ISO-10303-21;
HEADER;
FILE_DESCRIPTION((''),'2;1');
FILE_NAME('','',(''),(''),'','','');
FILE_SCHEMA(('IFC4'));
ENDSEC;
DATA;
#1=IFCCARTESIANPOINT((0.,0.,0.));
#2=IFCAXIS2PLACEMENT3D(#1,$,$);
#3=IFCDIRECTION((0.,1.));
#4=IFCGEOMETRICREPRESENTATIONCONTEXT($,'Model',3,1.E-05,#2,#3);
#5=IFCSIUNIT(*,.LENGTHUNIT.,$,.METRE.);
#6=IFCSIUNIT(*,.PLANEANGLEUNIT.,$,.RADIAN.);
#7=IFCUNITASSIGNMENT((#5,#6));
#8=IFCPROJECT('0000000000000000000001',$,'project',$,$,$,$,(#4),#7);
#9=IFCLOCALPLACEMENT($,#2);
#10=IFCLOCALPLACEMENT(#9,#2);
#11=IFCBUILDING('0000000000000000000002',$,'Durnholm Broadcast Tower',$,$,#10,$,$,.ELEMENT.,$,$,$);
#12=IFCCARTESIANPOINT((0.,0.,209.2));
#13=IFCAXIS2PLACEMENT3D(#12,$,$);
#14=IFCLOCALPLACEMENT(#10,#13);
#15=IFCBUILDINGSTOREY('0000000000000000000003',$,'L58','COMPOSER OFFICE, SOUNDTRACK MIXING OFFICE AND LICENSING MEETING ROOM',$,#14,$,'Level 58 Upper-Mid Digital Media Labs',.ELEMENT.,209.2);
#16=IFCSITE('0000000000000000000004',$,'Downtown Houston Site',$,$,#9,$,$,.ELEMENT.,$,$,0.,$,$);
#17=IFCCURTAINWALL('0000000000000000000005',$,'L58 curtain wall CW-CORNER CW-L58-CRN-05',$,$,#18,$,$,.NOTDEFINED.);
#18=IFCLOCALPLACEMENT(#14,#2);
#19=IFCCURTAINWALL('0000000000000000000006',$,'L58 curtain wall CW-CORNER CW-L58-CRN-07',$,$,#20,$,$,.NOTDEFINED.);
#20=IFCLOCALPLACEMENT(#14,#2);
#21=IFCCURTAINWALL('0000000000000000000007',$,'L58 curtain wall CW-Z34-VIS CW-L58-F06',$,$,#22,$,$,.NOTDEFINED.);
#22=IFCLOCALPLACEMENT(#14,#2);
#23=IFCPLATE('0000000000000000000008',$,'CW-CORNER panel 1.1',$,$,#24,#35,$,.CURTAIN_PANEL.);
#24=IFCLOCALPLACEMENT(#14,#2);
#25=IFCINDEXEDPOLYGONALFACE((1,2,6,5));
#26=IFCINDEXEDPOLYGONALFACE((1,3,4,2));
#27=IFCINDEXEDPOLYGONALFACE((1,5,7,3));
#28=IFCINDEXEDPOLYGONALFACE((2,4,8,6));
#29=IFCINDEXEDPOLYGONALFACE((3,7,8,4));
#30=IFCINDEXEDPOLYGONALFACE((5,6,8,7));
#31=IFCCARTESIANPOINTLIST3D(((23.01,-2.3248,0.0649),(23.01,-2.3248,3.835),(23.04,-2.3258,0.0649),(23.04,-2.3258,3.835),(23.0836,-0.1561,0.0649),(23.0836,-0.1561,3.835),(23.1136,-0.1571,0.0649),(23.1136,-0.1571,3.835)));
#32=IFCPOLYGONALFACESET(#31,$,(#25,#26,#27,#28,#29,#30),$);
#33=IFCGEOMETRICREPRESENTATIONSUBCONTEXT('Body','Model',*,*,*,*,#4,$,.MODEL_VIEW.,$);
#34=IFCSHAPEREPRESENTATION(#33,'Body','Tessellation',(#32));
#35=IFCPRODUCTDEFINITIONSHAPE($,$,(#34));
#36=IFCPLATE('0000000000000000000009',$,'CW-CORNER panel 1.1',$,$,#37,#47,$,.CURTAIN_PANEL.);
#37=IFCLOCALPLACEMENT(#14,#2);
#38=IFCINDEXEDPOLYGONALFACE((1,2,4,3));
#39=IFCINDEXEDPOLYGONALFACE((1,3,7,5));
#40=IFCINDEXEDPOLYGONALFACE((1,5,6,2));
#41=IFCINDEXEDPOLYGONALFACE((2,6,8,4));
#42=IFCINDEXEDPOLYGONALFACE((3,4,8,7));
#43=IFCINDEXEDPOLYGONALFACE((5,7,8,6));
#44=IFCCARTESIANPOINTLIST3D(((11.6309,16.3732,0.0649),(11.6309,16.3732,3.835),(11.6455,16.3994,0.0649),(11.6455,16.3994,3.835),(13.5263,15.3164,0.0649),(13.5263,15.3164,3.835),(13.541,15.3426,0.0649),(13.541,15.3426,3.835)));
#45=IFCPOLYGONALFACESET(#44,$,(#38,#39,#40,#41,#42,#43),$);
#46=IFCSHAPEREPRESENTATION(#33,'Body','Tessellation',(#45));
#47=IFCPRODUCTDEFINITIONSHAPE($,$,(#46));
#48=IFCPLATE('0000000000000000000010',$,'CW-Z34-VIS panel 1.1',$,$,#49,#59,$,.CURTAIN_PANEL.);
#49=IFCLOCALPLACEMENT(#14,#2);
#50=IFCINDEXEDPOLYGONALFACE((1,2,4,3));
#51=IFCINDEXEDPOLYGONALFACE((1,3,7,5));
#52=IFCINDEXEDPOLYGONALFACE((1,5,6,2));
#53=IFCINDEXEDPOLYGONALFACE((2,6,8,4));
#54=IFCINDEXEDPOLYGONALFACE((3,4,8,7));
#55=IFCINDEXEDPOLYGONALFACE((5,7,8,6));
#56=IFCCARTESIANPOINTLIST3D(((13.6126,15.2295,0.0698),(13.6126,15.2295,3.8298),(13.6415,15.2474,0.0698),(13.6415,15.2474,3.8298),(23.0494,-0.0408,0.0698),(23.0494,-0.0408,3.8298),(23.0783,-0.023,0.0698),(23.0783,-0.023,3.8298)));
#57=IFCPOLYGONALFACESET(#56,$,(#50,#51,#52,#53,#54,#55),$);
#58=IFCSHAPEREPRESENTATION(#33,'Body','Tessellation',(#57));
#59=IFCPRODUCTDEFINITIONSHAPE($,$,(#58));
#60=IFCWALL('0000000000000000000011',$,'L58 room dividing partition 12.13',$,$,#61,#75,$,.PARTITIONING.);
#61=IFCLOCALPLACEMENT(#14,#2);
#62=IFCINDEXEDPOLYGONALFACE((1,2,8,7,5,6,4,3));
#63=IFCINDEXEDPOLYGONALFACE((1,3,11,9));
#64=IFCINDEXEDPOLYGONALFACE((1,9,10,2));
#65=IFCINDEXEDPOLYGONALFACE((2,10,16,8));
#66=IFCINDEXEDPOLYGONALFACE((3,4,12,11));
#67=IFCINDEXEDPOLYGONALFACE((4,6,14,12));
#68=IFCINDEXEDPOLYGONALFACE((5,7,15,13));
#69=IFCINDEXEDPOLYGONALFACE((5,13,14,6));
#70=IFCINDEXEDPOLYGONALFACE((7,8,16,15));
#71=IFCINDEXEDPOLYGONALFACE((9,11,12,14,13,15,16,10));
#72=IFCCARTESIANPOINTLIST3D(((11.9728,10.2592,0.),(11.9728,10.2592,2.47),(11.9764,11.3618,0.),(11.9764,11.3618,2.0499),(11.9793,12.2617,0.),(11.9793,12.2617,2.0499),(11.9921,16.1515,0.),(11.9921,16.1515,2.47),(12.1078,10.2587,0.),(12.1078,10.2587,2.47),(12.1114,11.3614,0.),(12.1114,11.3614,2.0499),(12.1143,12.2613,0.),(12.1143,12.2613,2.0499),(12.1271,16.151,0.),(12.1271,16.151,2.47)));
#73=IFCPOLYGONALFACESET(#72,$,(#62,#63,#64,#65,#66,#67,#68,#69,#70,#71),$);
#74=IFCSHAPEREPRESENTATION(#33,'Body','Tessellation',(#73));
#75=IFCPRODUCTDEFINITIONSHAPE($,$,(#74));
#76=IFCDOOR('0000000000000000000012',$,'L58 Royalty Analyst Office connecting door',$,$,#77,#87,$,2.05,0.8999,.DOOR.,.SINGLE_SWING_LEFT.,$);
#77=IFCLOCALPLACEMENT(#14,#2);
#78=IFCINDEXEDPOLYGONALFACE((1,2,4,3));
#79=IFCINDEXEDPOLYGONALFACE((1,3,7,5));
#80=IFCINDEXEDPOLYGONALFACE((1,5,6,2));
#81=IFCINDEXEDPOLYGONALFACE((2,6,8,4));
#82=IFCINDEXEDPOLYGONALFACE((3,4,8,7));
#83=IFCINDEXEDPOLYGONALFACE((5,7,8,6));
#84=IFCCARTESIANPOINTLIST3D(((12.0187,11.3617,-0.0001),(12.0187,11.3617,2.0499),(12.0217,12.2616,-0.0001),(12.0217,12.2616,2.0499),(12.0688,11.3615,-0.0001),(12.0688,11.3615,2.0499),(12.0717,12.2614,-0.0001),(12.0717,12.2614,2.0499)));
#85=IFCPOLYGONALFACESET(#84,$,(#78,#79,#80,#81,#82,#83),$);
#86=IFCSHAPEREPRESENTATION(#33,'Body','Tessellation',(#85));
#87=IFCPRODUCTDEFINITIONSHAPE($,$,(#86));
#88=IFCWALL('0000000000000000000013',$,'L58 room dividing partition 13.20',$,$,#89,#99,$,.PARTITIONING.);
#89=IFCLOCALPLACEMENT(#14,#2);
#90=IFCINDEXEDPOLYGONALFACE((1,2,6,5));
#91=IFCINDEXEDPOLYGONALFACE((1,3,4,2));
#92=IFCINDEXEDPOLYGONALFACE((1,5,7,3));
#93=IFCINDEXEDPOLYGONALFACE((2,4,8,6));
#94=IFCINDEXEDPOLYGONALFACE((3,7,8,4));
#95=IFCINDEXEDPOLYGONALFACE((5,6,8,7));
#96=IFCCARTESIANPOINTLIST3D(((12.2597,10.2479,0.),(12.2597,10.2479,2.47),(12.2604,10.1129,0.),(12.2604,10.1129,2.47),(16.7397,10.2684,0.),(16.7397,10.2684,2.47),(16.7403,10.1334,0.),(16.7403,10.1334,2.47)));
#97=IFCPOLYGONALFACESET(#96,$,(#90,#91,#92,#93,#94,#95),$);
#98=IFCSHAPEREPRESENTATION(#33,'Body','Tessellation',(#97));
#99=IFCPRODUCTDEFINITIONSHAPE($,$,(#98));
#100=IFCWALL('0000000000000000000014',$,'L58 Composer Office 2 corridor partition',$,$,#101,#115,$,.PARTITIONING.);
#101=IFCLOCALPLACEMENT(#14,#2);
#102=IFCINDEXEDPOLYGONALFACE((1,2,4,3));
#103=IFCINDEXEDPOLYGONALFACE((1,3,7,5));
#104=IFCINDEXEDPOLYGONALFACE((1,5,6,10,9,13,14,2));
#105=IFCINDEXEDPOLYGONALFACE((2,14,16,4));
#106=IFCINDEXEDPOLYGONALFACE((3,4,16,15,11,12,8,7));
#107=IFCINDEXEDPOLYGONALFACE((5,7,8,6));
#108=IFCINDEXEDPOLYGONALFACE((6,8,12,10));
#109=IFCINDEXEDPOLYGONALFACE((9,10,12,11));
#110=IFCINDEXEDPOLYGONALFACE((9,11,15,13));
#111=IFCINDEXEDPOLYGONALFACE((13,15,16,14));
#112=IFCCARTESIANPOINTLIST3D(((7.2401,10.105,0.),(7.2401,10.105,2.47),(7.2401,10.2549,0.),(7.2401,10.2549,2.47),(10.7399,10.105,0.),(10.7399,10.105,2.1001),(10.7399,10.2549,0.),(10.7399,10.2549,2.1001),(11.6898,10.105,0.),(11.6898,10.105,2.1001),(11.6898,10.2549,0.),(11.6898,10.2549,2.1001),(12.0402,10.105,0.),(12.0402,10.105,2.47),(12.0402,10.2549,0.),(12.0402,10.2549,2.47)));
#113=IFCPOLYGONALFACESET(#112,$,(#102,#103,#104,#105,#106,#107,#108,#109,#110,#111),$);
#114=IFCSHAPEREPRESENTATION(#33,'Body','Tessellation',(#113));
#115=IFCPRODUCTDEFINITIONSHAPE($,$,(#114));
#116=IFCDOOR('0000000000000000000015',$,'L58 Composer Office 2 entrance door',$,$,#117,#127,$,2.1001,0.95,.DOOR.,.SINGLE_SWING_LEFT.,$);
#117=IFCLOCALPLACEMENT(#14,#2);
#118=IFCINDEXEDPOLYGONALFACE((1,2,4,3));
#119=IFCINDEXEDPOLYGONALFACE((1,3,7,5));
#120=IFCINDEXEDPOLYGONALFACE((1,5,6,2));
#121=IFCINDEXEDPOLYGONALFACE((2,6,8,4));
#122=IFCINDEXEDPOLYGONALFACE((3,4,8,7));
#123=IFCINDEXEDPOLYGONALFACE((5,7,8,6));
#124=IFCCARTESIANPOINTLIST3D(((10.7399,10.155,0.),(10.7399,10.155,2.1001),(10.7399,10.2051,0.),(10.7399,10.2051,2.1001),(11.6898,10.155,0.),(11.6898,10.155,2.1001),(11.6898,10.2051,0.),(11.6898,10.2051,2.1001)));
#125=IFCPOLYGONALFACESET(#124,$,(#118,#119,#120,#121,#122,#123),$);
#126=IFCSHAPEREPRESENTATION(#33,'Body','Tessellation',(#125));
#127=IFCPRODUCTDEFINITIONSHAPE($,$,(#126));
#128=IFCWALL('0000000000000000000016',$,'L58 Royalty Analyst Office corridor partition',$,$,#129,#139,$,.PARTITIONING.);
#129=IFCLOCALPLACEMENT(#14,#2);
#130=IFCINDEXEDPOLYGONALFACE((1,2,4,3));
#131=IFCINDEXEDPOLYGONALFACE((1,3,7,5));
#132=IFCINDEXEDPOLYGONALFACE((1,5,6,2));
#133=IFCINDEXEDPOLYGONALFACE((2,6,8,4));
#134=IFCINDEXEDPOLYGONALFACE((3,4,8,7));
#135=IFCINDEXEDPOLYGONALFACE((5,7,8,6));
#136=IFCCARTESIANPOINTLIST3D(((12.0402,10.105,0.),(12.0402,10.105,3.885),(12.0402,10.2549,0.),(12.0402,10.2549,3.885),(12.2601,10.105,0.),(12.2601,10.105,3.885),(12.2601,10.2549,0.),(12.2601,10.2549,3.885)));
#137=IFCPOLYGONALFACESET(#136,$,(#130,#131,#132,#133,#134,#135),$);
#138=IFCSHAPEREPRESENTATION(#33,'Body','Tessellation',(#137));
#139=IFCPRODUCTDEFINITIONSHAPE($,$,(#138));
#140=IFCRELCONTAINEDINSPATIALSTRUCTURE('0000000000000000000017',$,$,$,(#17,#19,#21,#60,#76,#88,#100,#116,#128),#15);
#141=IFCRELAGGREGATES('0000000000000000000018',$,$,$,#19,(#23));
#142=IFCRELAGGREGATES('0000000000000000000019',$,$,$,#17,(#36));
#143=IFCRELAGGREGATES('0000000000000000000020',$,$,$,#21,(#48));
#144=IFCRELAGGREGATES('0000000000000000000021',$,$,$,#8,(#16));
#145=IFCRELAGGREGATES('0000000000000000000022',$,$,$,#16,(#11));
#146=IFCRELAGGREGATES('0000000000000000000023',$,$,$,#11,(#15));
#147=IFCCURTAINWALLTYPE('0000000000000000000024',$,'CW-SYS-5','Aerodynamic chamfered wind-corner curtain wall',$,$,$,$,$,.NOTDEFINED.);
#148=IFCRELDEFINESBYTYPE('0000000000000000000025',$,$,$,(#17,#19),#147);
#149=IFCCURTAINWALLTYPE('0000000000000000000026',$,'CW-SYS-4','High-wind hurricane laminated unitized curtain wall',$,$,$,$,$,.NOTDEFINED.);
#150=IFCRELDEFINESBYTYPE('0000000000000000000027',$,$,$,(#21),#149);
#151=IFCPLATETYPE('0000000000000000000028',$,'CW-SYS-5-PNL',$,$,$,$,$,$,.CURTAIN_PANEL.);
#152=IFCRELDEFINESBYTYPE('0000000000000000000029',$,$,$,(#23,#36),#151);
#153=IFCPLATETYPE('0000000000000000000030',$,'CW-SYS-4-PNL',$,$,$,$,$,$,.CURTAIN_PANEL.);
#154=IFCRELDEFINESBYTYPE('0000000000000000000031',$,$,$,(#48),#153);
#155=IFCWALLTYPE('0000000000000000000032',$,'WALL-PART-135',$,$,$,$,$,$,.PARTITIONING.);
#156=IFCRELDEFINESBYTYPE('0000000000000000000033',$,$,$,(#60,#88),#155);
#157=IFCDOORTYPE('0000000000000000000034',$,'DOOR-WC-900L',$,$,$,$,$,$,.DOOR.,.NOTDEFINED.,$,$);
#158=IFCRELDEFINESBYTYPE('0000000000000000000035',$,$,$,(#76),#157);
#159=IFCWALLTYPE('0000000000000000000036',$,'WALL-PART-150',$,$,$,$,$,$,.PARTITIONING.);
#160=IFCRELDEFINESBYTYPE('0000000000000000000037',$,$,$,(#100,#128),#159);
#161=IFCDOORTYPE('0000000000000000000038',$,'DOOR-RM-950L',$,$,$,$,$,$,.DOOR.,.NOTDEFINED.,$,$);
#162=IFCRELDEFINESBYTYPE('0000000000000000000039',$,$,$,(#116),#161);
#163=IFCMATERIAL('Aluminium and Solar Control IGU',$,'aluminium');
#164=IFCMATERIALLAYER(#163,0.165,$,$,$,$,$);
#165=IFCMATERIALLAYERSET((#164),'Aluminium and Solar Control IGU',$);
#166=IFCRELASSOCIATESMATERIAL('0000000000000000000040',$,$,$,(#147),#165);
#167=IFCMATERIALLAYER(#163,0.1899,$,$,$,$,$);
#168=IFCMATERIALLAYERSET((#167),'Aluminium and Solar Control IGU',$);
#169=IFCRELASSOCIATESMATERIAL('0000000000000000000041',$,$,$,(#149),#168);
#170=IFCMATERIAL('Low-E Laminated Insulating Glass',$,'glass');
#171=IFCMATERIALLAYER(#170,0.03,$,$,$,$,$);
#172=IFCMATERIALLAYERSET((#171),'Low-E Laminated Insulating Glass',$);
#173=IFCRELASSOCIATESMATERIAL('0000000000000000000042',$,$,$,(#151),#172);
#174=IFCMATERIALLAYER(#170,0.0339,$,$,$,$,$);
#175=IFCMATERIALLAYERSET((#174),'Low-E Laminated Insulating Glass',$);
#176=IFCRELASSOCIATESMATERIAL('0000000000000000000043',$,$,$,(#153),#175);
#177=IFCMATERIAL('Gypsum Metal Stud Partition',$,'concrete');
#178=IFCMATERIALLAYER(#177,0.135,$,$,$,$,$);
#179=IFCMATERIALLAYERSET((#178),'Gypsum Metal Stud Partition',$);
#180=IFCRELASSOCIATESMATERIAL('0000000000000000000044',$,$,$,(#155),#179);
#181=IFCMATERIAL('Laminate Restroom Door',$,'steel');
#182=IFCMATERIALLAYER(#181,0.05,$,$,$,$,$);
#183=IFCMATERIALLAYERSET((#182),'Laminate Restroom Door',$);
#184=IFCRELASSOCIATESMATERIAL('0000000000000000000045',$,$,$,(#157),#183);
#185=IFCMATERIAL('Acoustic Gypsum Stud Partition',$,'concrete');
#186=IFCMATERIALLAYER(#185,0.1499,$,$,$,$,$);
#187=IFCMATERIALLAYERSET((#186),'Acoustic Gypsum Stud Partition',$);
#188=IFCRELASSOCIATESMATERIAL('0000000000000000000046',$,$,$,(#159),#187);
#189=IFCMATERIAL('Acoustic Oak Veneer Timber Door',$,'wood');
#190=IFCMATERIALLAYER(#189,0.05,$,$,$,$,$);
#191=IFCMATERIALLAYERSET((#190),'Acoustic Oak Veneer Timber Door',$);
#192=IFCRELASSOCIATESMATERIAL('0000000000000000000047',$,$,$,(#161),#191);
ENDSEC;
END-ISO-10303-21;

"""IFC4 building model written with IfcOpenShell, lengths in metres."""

from ifc_helpers import new_model, si_unit, direction, frame, frame_2d, origin, origin_2d, place, context, subcontext, project, spatial, rectangle, extrude, source, transform, mapped, material, layer, layer_set, type_object, type_shapes, element, fill, aggregate, save


model = new_model("IFC4")

# Units and contexts
model_context = context("Model", 3, precision=1e-05, world=origin(), true_north=direction((0.0, 1.0)))
body_context = subcontext(model_context, "Body", "Model", "MODEL_VIEW")
ifc_project = project(units=[si_unit("LENGTHUNIT", "METRE"), si_unit("PLANEANGLEUNIT", "RADIAN")], contexts=[model_context])

# Site, building, storey
site_placement = place(None, origin())
site = spatial("IfcSite", under=ifc_project, at=site_placement, Name="Downtown Houston Site", CompositionType="ELEMENT", RefElevation=0.0)
building_placement = place(site_placement, origin())
building = spatial("IfcBuilding", under=site, at=building_placement, Name="Durnholm Broadcast Tower", CompositionType="ELEMENT")
storey_placement = place(building_placement, frame((0.0, 0.0, 209.2)))
storey = spatial("IfcBuildingStorey", under=building, at=storey_placement, Name="L58", Description="COMPOSER OFFICE, SOUNDTRACK MIXING OFFICE AND LICENSING MEETING ROOM", LongName="Level 58 Upper-Mid Digital Media Labs", CompositionType="ELEMENT", Elevation=209.2)

# Curtain walls
ifc_material_1 = material(Name="Aluminium and Solar Control IGU", Category="aluminium")
ifc_layer_1 = layer(ifc_material_1, 0.165)
ifc_layer_set_1 = layer_set([ifc_layer_1], Name="Aluminium and Solar Control IGU")
curtain_wall_type_1 = type_object("IfcCurtainWallType", Name="CW-SYS-5", Description="Aerodynamic chamfered wind-corner curtain wall", PredefinedType="NOTDEFINED", material=ifc_layer_set_1)
curtain_wall_1_placement = place(storey_placement, origin())
curtain_wall_1 = element("IfcCurtainWall", 1, at=curtain_wall_1_placement, inside=storey, type_object=curtain_wall_type_1, Name="L58 curtain wall CW-CORNER CW-L58-CRN-05", PredefinedType="NOTDEFINED")
curtain_wall_2_placement = place(storey_placement, origin())
curtain_wall_2 = element("IfcCurtainWall", 2, at=curtain_wall_2_placement, inside=storey, type_object=curtain_wall_type_1, Name="L58 curtain wall CW-CORNER CW-L58-CRN-07", PredefinedType="NOTDEFINED")
ifc_layer_2 = layer(ifc_material_1, 0.1899)
ifc_layer_set_2 = layer_set([ifc_layer_2], Name="Aluminium and Solar Control IGU")
curtain_wall_type_2 = type_object("IfcCurtainWallType", Name="CW-SYS-4", Description="High-wind hurricane laminated unitized curtain wall", PredefinedType="NOTDEFINED", material=ifc_layer_set_2)
curtain_wall_3_placement = place(storey_placement, origin())
curtain_wall_3 = element("IfcCurtainWall", 3, at=curtain_wall_3_placement, inside=storey, type_object=curtain_wall_type_2, Name="L58 curtain wall CW-Z34-VIS CW-L58-F06", PredefinedType="NOTDEFINED")

# Plates
ifc_material_2 = material(Name="Low-E Laminated Insulating Glass", Category="glass")
ifc_layer_3 = layer(ifc_material_2, 0.03)
ifc_layer_set_3 = layer_set([ifc_layer_3], Name="Low-E Laminated Insulating Glass")
plate_type_1 = type_object("IfcPlateType", Name="CW-SYS-5-PNL", PredefinedType="CURTAIN_PANEL", material=ifc_layer_set_3)
shared_shape_1 = source(origin(), body_context, "Body", "SweptSolid", [
    extrude(rectangle(XDim=2.1699, YDim=0.03, at=origin_2d()), origin(), (0.0, 0.0, 1.0), 3.77),
])
plate_1_placement = place(storey_placement, frame((23.0618, -1.241, 0.0649), z_axis=(0.0, 0.0, 1.0), x_axis=(-0.033913, -0.999425, 0.0)))
plate_1 = element("IfcPlate", 4, at=plate_1_placement, type_object=plate_type_1, Name="CW-CORNER panel 1.1", PredefinedType="CURTAIN_PANEL", context=body_context, shape_type="MappedRepresentation", body=[
    mapped(shared_shape_1, transform((0.0, 0.0, 0.0), x_axis=(1.0, 0.0, 0.0), y_axis=(0.0, 1.0, 0.0), z_axis=(0.0, 0.0, 1.0), scale=1.0)),
])
aggregate(curtain_wall_2, [plate_1])
shared_shape_2 = source(origin(), body_context, "Body", "SweptSolid", [
    extrude(rectangle(XDim=2.1702, YDim=0.03, at=origin_2d()), origin(), (0.0, 0.0, 1.0), 3.77),
])
type_shapes(plate_type_1, [shared_shape_1, shared_shape_2])
plate_2_placement = place(storey_placement, frame((12.5859, 15.8579, 0.0649), z_axis=(0.0, 0.0, 1.0), x_axis=(0.87341, -0.486986, 0.0)))
plate_2 = element("IfcPlate", 5, at=plate_2_placement, type_object=plate_type_1, Name="CW-CORNER panel 1.1", PredefinedType="CURTAIN_PANEL", context=body_context, shape_type="MappedRepresentation", body=[
    mapped(shared_shape_2, transform((0.0, 0.0, 0.0), x_axis=(1.0, 0.0, 0.0), y_axis=(0.0, 1.0, 0.0), z_axis=(0.0, 0.0, 1.0), scale=1.0)),
])
aggregate(curtain_wall_1, [plate_2])
ifc_layer_4 = layer(ifc_material_2, 0.0339)
ifc_layer_set_4 = layer_set([ifc_layer_4], Name="Low-E Laminated Insulating Glass")
plate_type_2 = type_object("IfcPlateType", Name="CW-SYS-4-PNL", PredefinedType="CURTAIN_PANEL", material=ifc_layer_set_4)
shared_shape_3 = source(origin(), body_context, "Body", "SweptSolid", [
    extrude(rectangle(XDim=17.9509, YDim=0.0339, at=origin_2d()), origin(), (0.0, 0.0, 1.0), 3.76),
])
type_shapes(plate_type_2, [shared_shape_3])
plate_3_placement = place(storey_placement, frame((18.3455, 7.6033, 0.0698), z_axis=(0.0, 0.0, 1.0), x_axis=(0.525698, -0.850671, 0.0)))
plate_3 = element("IfcPlate", 6, at=plate_3_placement, type_object=plate_type_2, Name="CW-Z34-VIS panel 1.1", PredefinedType="CURTAIN_PANEL", context=body_context, shape_type="MappedRepresentation", body=[
    mapped(shared_shape_3, transform((0.0, 0.0, 0.0), x_axis=(1.0, 0.0, 0.0), y_axis=(0.0, 1.0, 0.0), z_axis=(0.0, 0.0, 1.0), scale=1.0)),
])
aggregate(curtain_wall_3, [plate_3])

# Wall, opening, door
ifc_material_3 = material(Name="Gypsum Metal Stud Partition", Category="concrete")
ifc_layer_5 = layer(ifc_material_3, 0.135)
ifc_layer_set_5 = layer_set([ifc_layer_5], Name="Gypsum Metal Stud Partition")
wall_type_1 = type_object("IfcWallType", Name="WALL-PART-135", PredefinedType="PARTITIONING", material=ifc_layer_set_5)
wall_1_placement = place(storey_placement, frame((12.0596, 16.1514, 0.0), z_axis=(0.0, 0.0, 1.0), x_axis=(-0.003273, -0.999995, 0.0)))
wall_1 = element("IfcWall", 7, at=wall_1_placement, inside=storey, type_object=wall_type_1, Name="L58 room dividing partition 12.13", PredefinedType="PARTITIONING", context=body_context, shape_type="SweptSolid", body=[
    extrude(rectangle(XDim=5.8923, YDim=0.135, at=frame_2d((2.9463, 0.0))), origin(), (0.0, 0.0, 1.0), 2.47),
])
opening_1_placement = place(wall_1_placement, frame((3.8899, 0.0, 0.0)))
opening_1 = element("IfcOpeningElement", 8, at=opening_1_placement, cuts=wall_1, PredefinedType="OPENING", context=body_context, shape_type="SweptSolid", body=[
    extrude(rectangle(XDim=0.8999, YDim=2.05, at=frame_2d((0.45, 1.0249))), frame((0.0, 0.0776, 0.0), z_axis=(0.0, -1.0, 0.0), x_axis=(1.0, 0.0, 0.0)), (0.0, 0.0, 1.0), 0.155),
])
ifc_material_4 = material(Name="Laminate Restroom Door", Category="steel")
ifc_layer_6 = layer(ifc_material_4, 0.05)
ifc_layer_set_6 = layer_set([ifc_layer_6], Name="Laminate Restroom Door")
door_type_1 = type_object("IfcDoorType", Name="DOOR-WC-900L", OperationType="NOTDEFINED", PredefinedType="DOOR", material=ifc_layer_set_6)
shared_shape_4 = source(origin(), body_context, "Body", "SweptSolid", [
    extrude(rectangle(XDim=0.8999, YDim=2.05, at=frame_2d((0.45, 1.0249))), frame((0.0, 0.0249, 0.0), z_axis=(0.0, -1.0, 0.0), x_axis=(1.0, 0.0, 0.0)), (0.0, 0.0, 1.0), 0.05),
])
type_shapes(door_type_1, [shared_shape_4])
door_1_placement = place(opening_1_placement, origin())
door_1 = element("IfcDoor", 9, at=door_1_placement, inside=storey, type_object=door_type_1, Name="L58 Royalty Analyst Office connecting door", OperationType="SINGLE_SWING_LEFT", OverallHeight=2.05, OverallWidth=0.8999, PredefinedType="DOOR", context=body_context, shape_type="MappedRepresentation", body=[
    mapped(shared_shape_4, transform((0.0, 0.0, 0.0), x_axis=(1.0, 0.0, 0.0), y_axis=(0.0, 1.0, 0.0), z_axis=(0.0, 0.0, 1.0), scale=1.0)),
])
fill(opening_1, door_1)

# Wall
wall_2_placement = place(storey_placement, frame((16.74, 10.2009, 0.0), z_axis=(0.0, 0.0, 1.0), x_axis=(-0.99999, -0.004578, 0.0)))
element("IfcWall", 10, at=wall_2_placement, inside=storey, type_object=wall_type_1, Name="L58 room dividing partition 13.20", PredefinedType="PARTITIONING", context=body_context, shape_type="SweptSolid", body=[
    extrude(rectangle(XDim=4.48, YDim=0.135, at=frame_2d((2.24, 0.0))), origin(), (0.0, 0.0, 1.0), 2.47),
])

# Wall, opening, door
ifc_material_5 = material(Name="Acoustic Gypsum Stud Partition", Category="concrete")
ifc_layer_7 = layer(ifc_material_5, 0.1499)
ifc_layer_set_7 = layer_set([ifc_layer_7], Name="Acoustic Gypsum Stud Partition")
wall_type_2 = type_object("IfcWallType", Name="WALL-PART-150", PredefinedType="PARTITIONING", material=ifc_layer_set_7)
wall_3_placement = place(storey_placement, frame((12.04, 10.1799, 0.0), z_axis=(0.0, 0.0, 1.0), x_axis=(-1.0, 0.0, 0.0)))
wall_3 = element("IfcWall", 11, at=wall_3_placement, inside=storey, type_object=wall_type_2, Name="L58 Composer Office 2 corridor partition", PredefinedType="PARTITIONING", context=body_context, shape_type="SweptSolid", body=[
    extrude(rectangle(XDim=4.8, YDim=0.1499, at=frame_2d((2.3999, 0.0))), origin(), (0.0, 0.0, 1.0), 2.47),
])
opening_2_placement = place(wall_3_placement, frame((0.3501, 0.0, 0.0)))
opening_2 = element("IfcOpeningElement", 12, at=opening_2_placement, cuts=wall_3, PredefinedType="OPENING", context=body_context, shape_type="SweptSolid", body=[
    extrude(rectangle(XDim=0.95, YDim=2.1001, at=frame_2d((0.4751, 1.05))), frame((0.0, 0.085, 0.0), z_axis=(0.0, -1.0, 0.0), x_axis=(1.0, 0.0, 0.0)), (0.0, 0.0, 1.0), 0.1699),
])
ifc_material_6 = material(Name="Acoustic Oak Veneer Timber Door", Category="wood")
ifc_layer_8 = layer(ifc_material_6, 0.05)
ifc_layer_set_8 = layer_set([ifc_layer_8], Name="Acoustic Oak Veneer Timber Door")
door_type_2 = type_object("IfcDoorType", Name="DOOR-RM-950L", OperationType="NOTDEFINED", PredefinedType="DOOR", material=ifc_layer_set_8)
shared_shape_5 = source(origin(), body_context, "Body", "SweptSolid", [
    extrude(rectangle(XDim=0.95, YDim=2.1001, at=frame_2d((0.4751, 1.05))), frame((0.0, 0.0249, 0.0), z_axis=(0.0, -1.0, 0.0), x_axis=(1.0, 0.0, 0.0)), (0.0, 0.0, 1.0), 0.05),
])
type_shapes(door_type_2, [shared_shape_5])
door_2_placement = place(opening_2_placement, origin())
door_2 = element("IfcDoor", 13, at=door_2_placement, inside=storey, type_object=door_type_2, Name="L58 Composer Office 2 entrance door", OperationType="SINGLE_SWING_LEFT", OverallHeight=2.1001, OverallWidth=0.95, PredefinedType="DOOR", context=body_context, shape_type="MappedRepresentation", body=[
    mapped(shared_shape_5, transform((0.0, 0.0, 0.0), x_axis=(1.0, 0.0, 0.0), y_axis=(0.0, 1.0, 0.0), z_axis=(0.0, 0.0, 1.0), scale=1.0)),
])
fill(opening_2, door_2)

# Wall
wall_4_placement = place(storey_placement, frame((12.26, 10.1799, 0.0), z_axis=(0.0, 0.0, 1.0), x_axis=(-1.0, 0.0, 0.0)))
element("IfcWall", 14, at=wall_4_placement, inside=storey, type_object=wall_type_2, Name="L58 Royalty Analyst Office corridor partition", PredefinedType="PARTITIONING", context=body_context, shape_type="SweptSolid", body=[
    extrude(rectangle(XDim=0.22, YDim=0.1499, at=frame_2d((0.1099, 0.0))), origin(), (0.0, 0.0, 1.0), 3.885),
])

save(model, "model.ifc")
